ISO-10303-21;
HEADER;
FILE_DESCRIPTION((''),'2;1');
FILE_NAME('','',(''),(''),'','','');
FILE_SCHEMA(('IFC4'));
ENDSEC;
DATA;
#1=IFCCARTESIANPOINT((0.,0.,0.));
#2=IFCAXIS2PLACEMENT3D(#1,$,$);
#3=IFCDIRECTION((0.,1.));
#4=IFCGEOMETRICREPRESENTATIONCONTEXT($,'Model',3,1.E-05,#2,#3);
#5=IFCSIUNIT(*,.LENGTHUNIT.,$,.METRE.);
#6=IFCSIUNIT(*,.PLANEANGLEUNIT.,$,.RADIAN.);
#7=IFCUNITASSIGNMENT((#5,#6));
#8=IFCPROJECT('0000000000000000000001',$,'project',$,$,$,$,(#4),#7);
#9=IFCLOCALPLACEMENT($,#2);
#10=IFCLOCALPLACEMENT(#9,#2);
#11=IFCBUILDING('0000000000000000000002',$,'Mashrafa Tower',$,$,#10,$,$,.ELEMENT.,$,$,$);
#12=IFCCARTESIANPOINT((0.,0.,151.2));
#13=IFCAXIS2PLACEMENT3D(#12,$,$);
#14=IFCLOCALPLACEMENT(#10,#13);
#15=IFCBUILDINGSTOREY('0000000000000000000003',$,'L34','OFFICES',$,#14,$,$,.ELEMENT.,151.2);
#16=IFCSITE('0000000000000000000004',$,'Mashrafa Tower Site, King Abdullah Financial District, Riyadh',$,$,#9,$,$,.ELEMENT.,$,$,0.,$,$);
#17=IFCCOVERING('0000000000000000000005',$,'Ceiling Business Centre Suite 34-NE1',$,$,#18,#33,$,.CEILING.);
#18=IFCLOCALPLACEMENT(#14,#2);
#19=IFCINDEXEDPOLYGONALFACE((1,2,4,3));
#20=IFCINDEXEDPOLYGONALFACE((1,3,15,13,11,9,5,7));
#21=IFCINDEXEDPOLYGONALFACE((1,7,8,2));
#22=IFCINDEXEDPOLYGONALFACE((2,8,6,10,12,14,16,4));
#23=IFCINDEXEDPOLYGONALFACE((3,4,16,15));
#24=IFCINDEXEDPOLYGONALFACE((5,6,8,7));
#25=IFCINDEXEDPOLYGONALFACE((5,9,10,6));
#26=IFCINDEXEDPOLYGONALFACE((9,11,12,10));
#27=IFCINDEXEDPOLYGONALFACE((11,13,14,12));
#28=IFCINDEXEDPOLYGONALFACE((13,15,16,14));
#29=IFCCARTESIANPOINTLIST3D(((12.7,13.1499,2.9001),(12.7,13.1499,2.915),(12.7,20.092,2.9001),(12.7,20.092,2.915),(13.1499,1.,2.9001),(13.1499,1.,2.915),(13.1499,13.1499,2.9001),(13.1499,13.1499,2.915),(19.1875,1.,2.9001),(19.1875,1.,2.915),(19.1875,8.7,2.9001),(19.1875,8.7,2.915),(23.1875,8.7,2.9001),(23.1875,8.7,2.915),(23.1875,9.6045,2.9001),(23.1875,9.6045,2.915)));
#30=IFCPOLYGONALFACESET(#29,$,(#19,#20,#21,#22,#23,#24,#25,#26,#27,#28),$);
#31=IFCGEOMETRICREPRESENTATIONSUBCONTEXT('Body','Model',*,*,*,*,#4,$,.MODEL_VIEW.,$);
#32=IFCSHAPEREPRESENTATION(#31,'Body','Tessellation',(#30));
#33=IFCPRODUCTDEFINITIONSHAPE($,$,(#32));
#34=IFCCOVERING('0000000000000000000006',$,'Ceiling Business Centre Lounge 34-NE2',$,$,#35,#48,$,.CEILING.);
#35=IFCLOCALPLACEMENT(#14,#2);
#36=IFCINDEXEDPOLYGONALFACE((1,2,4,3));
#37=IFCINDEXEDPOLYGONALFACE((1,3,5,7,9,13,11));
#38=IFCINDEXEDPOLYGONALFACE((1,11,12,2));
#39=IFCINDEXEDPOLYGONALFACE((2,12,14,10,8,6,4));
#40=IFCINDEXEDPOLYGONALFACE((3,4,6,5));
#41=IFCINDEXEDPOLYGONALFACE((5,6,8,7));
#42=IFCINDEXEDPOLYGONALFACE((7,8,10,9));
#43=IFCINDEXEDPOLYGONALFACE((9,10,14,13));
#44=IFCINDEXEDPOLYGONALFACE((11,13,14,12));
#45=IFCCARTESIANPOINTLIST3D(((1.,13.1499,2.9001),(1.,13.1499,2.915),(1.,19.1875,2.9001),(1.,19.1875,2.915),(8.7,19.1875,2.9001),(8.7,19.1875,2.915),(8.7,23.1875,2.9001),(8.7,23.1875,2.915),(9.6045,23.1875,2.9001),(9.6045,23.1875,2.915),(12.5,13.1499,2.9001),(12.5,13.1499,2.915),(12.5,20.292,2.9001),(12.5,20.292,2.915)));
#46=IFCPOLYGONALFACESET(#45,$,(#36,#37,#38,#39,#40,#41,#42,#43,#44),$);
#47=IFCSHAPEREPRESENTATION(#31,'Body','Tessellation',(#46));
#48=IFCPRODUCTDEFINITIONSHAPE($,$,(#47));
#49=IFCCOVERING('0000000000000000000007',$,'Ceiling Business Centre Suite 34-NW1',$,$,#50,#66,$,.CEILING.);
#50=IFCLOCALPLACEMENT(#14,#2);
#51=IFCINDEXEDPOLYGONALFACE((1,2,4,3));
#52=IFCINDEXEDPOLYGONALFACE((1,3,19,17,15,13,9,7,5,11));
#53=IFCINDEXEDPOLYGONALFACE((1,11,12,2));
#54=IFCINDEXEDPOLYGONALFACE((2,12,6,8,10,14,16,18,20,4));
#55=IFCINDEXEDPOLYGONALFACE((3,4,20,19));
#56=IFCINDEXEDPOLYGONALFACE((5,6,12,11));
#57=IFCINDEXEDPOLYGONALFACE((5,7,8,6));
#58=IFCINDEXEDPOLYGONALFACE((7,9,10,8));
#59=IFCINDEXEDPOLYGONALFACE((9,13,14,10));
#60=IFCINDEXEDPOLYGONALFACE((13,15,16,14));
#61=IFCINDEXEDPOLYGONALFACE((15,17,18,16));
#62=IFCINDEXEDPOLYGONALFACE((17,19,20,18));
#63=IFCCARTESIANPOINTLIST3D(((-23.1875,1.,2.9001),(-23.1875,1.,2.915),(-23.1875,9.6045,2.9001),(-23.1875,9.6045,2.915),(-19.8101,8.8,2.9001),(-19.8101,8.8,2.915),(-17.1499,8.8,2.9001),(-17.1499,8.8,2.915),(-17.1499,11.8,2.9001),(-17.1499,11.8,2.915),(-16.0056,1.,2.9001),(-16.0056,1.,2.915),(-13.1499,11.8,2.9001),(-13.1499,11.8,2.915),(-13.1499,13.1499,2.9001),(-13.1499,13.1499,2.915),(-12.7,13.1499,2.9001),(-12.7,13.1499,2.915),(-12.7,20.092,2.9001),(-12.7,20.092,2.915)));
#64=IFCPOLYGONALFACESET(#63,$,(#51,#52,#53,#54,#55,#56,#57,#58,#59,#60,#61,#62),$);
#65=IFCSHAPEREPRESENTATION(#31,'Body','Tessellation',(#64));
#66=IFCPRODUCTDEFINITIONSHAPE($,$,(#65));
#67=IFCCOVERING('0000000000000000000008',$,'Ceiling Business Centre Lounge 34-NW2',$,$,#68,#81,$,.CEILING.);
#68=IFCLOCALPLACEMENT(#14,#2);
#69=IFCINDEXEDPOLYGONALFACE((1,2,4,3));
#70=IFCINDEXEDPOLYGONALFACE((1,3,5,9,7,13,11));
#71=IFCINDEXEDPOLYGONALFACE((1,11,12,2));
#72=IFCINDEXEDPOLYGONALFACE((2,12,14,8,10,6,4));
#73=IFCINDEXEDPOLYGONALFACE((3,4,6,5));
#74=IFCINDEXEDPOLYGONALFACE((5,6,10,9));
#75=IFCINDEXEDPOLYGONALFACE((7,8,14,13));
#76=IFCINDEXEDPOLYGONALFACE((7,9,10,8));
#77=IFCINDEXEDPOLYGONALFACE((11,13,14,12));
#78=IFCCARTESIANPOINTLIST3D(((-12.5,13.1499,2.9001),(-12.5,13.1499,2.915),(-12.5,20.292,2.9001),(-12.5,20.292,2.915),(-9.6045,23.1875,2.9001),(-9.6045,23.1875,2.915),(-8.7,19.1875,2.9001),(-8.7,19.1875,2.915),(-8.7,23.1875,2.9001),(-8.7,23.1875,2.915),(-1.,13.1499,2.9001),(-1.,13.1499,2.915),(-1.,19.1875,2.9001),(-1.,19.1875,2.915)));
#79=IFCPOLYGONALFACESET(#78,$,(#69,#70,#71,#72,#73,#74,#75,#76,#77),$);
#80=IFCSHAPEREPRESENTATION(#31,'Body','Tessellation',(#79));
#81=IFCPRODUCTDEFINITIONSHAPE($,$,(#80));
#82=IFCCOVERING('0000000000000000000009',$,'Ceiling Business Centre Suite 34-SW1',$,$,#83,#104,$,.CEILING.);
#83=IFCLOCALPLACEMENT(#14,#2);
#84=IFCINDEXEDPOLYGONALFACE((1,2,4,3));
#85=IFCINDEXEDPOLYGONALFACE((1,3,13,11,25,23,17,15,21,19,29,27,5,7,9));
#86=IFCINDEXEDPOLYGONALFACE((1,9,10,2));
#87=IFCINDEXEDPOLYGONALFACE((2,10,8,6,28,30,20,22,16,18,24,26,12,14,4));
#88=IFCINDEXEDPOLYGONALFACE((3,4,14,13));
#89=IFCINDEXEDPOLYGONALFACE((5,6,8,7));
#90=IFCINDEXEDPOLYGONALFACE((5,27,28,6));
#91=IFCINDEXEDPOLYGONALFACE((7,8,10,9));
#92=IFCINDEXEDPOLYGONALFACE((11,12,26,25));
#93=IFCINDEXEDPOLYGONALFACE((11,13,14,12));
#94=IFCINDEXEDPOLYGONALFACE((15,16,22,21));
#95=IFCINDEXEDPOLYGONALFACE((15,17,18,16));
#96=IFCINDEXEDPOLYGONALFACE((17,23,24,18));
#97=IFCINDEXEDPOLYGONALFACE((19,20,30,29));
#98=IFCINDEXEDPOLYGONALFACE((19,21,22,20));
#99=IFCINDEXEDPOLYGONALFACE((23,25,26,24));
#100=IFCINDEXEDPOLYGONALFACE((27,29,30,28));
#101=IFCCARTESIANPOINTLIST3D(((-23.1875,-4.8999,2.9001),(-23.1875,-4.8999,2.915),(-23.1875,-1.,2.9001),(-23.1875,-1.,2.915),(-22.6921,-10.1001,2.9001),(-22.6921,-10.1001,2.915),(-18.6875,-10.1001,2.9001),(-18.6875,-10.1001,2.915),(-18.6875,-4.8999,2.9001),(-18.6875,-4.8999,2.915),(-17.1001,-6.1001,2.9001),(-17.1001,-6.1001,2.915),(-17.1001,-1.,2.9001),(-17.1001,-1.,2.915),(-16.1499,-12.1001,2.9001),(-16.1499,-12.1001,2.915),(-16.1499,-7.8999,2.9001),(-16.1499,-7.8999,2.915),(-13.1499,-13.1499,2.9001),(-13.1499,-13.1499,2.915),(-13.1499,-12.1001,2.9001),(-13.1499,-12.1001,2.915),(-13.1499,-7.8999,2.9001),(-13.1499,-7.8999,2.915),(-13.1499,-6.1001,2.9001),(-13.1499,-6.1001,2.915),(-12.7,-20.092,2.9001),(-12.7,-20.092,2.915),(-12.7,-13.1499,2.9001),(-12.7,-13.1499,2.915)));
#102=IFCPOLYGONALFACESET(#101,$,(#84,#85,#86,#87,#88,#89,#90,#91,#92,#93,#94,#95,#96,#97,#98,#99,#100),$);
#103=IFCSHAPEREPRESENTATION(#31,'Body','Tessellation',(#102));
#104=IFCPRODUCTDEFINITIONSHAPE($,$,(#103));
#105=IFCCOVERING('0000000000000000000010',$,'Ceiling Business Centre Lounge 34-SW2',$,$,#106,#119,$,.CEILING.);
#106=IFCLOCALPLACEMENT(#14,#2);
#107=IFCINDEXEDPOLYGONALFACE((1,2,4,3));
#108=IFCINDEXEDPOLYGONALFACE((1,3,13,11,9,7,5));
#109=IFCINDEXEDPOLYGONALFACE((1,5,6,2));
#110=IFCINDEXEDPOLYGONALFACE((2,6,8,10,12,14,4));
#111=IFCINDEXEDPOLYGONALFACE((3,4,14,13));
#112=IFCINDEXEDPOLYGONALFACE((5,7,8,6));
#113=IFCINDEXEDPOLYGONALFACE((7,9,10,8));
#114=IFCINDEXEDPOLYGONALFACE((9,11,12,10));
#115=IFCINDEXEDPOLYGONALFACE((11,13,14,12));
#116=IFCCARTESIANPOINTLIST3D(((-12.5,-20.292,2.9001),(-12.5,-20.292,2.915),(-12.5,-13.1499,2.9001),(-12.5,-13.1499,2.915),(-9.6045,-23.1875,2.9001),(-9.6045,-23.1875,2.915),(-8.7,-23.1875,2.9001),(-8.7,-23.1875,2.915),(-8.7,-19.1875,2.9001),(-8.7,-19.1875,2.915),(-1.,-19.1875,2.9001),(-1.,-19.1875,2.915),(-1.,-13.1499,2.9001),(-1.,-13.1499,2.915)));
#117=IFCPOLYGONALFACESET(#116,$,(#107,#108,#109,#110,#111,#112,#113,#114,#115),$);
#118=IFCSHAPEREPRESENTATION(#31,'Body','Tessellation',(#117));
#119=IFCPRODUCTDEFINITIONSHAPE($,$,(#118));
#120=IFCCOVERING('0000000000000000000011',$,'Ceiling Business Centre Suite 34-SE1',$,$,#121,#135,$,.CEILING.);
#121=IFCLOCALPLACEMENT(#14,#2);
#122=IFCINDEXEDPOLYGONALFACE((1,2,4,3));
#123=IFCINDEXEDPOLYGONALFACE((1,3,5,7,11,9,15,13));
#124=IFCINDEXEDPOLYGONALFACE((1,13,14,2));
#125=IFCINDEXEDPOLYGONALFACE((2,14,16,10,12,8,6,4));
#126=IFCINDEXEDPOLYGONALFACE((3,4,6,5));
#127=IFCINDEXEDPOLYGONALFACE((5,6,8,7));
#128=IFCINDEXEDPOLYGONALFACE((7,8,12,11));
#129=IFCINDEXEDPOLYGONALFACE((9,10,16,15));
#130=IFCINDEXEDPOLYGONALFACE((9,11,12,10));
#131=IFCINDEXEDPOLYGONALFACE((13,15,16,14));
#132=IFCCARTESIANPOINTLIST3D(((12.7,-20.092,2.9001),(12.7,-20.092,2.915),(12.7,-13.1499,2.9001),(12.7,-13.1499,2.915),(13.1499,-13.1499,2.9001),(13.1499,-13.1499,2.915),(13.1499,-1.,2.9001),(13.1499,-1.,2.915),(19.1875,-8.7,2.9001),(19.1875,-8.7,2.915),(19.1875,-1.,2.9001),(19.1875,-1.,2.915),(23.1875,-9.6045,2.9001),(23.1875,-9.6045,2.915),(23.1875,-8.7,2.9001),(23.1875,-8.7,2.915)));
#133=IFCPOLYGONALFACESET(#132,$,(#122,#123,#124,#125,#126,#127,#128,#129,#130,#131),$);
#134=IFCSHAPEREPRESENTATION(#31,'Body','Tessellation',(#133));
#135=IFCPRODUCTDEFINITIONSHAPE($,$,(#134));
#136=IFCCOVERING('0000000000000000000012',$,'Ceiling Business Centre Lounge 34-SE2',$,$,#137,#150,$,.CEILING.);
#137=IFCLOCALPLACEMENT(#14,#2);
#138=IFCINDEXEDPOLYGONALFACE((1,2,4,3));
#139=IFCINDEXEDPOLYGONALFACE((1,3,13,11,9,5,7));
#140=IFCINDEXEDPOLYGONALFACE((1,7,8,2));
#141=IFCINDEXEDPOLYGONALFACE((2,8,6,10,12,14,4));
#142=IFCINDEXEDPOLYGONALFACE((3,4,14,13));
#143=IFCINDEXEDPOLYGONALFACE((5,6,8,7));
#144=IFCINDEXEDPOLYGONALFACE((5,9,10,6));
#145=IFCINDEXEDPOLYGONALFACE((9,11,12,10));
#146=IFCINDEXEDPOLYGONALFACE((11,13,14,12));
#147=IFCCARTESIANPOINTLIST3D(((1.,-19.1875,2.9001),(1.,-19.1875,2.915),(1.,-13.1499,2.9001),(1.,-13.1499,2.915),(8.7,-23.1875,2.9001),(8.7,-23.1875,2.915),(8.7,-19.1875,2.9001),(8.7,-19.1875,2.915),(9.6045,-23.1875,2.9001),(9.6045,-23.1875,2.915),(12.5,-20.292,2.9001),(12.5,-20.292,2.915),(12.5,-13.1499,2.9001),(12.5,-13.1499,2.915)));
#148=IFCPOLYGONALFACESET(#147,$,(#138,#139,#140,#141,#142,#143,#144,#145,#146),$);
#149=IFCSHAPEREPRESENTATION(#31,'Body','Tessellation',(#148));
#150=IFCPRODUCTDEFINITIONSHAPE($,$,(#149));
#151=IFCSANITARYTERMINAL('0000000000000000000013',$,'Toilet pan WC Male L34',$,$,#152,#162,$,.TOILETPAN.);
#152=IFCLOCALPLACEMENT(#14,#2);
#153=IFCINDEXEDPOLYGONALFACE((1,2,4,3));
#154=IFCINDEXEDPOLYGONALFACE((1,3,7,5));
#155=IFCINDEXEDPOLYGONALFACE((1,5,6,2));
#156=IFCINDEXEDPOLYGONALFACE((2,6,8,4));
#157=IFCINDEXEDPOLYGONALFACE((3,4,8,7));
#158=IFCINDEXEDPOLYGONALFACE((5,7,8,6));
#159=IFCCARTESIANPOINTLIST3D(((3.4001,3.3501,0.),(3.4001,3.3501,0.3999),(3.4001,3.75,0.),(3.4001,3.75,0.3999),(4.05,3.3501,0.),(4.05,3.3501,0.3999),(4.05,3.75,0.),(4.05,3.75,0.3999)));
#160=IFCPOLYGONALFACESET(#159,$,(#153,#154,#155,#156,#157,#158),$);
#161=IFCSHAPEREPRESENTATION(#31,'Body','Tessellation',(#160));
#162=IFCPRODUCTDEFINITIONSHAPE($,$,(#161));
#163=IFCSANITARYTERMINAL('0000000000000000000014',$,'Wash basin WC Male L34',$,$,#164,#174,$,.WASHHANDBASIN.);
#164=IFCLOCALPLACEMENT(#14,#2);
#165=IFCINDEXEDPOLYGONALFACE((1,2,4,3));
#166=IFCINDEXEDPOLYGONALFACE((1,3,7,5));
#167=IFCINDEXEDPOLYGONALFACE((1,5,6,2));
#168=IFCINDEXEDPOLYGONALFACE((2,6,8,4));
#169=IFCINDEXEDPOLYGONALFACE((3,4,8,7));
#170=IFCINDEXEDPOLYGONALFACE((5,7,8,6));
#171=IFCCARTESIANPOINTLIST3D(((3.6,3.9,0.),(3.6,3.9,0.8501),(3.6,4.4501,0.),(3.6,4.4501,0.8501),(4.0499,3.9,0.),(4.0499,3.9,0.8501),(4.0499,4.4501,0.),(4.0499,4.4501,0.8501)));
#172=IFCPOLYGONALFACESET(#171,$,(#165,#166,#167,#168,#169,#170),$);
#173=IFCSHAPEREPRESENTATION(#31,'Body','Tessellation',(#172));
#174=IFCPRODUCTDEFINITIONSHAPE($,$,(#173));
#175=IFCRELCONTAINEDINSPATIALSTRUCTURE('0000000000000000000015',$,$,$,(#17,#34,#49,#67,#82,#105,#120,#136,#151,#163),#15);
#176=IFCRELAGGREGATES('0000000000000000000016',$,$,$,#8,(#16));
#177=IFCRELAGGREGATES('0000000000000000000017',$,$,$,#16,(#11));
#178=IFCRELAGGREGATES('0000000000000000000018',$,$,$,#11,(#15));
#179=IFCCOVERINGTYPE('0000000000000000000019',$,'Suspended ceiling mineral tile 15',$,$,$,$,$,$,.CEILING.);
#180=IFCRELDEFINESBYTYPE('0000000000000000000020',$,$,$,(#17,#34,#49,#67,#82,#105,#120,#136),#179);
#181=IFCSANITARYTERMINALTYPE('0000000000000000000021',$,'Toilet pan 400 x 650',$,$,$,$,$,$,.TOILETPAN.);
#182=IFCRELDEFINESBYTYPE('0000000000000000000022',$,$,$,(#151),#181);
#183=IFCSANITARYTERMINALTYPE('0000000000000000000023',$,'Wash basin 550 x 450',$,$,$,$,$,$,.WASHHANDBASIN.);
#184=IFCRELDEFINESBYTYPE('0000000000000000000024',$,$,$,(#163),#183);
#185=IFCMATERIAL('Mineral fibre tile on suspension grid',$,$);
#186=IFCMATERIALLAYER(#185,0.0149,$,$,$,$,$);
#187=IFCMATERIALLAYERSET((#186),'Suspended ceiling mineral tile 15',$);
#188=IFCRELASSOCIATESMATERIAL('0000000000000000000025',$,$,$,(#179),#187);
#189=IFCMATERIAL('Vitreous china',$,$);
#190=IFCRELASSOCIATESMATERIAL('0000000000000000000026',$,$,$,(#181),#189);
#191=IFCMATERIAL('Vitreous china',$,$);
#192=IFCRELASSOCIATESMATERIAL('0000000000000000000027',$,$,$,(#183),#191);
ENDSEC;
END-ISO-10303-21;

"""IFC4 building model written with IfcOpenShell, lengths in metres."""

from ifc_helpers import new_model, si_unit, direction, frame, origin, origin_2d, place, context, subcontext, project, spatial, polyline, rectangle, outline, extrude, material, layer, layer_set, type_object, element, save


model = new_model("IFC4")

# Units and contexts
model_context = context("Model", 3, precision=1e-05, world=origin(), true_north=direction((0.0, 1.0)))
body_context = subcontext(model_context, "Body", "Model", "MODEL_VIEW")
ifc_project = project(units=[si_unit("LENGTHUNIT", "METRE"), si_unit("PLANEANGLEUNIT", "RADIAN")], contexts=[model_context])

# Site, building, storey
site_placement = place(None, origin())
site = spatial("IfcSite", under=ifc_project, at=site_placement, Name="Mashrafa Tower Site, King Abdullah Financial District, Riyadh", CompositionType="ELEMENT", RefElevation=0.0)
building_placement = place(site_placement, origin())
building = spatial("IfcBuilding", under=site, at=building_placement, Name="Mashrafa Tower", CompositionType="ELEMENT")
storey_placement = place(building_placement, frame((0.0, 0.0, 151.2)))
storey = spatial("IfcBuildingStorey", under=building, at=storey_placement, Name="L34", Description="OFFICES", CompositionType="ELEMENT", Elevation=151.2)

# Coverings
ifc_material_1 = material(Name="Mineral fibre tile on suspension grid")
ifc_layer_1 = layer(ifc_material_1, 0.0149)
ifc_layer_set_1 = layer_set([ifc_layer_1], Name="Suspended ceiling mineral tile 15")
covering_type = type_object("IfcCoveringType", Name="Suspended ceiling mineral tile 15", PredefinedType="CEILING", material=ifc_layer_set_1)
covering_1_placement = place(storey_placement, frame((0.0, 0.0, 2.9001)))
element("IfcCovering", 1, at=covering_1_placement, inside=storey, type_object=covering_type, Name="Ceiling Business Centre Suite 34-NE1", PredefinedType="CEILING", context=body_context, shape_type="SweptSolid", body=[
    extrude(outline(polyline([(12.7, 13.1499), (12.7, 20.092), (23.1875, 9.6045), (23.1875, 8.7), (19.1875, 8.7), (19.1875, 1.0), (13.1499, 1.0), (13.1499, 13.1499), (12.7, 13.1499)])), origin(), (0.0, 0.0, 1.0), 0.0149),
])
covering_2_placement = place(storey_placement, frame((0.0, 0.0, 2.9001)))
element("IfcCovering", 2, at=covering_2_placement, inside=storey, type_object=covering_type, Name="Ceiling Business Centre Lounge 34-NE2", PredefinedType="CEILING", context=body_context, shape_type="SweptSolid", body=[
    extrude(outline(polyline([(8.7, 23.1875), (9.6045, 23.1875), (12.5, 20.292), (12.5, 13.1499), (1.0, 13.1499), (1.0, 19.1875), (8.7, 19.1875), (8.7, 23.1875)])), origin(), (0.0, 0.0, 1.0), 0.0149),
])
covering_3_placement = place(storey_placement, frame((0.0, 0.0, 2.9001)))
element("IfcCovering", 3, at=covering_3_placement, inside=storey, type_object=covering_type, Name="Ceiling Business Centre Suite 34-NW1", PredefinedType="CEILING", context=body_context, shape_type="SweptSolid", body=[
    extrude(outline(polyline([(-23.1875, 1.0), (-23.1875, 9.6045), (-12.7, 20.092), (-12.7, 13.1499), (-13.1499, 13.1499), (-13.1499, 11.8), (-17.1499, 11.8), (-17.1499, 8.8), (-19.8101, 8.8), (-16.0056, 1.0), (-23.1875, 1.0)])), origin(), (0.0, 0.0, 1.0), 0.0149),
])
covering_4_placement = place(storey_placement, frame((0.0, 0.0, 2.9001)))
element("IfcCovering", 4, at=covering_4_placement, inside=storey, type_object=covering_type, Name="Ceiling Business Centre Lounge 34-NW2", PredefinedType="CEILING", context=body_context, shape_type="SweptSolid", body=[
    extrude(outline(polyline([(-12.5, 13.1499), (-12.5, 20.292), (-9.6045, 23.1875), (-8.7, 23.1875), (-8.7, 19.1875), (-1.0, 19.1875), (-1.0, 13.1499), (-12.5, 13.1499)])), origin(), (0.0, 0.0, 1.0), 0.0149),
])
covering_5_placement = place(storey_placement, frame((0.0, 0.0, 2.9001)))
element("IfcCovering", 5, at=covering_5_placement, inside=storey, type_object=covering_type, Name="Ceiling Business Centre Suite 34-SW1", PredefinedType="CEILING", context=body_context, shape_type="SweptSolid", body=[
    extrude(outline(polyline([(-12.7, -20.092), (-22.6921, -10.1001), (-18.6875, -10.1001), (-18.6875, -4.8999), (-23.1875, -4.8999), (-23.1875, -1.0), (-17.1001, -1.0), (-17.1001, -6.1001), (-13.1499, -6.1001), (-13.1499, -7.8999), (-16.1499, -7.8999), (-16.1499, -12.1001), (-13.1499, -12.1001), (-13.1499, -13.1499), (-12.7, -13.1499), (-12.7, -20.092)])), origin(), (0.0, 0.0, 1.0), 0.0149),
])
covering_6_placement = place(storey_placement, frame((0.0, 0.0, 2.9001)))
element("IfcCovering", 6, at=covering_6_placement, inside=storey, type_object=covering_type, Name="Ceiling Business Centre Lounge 34-SW2", PredefinedType="CEILING", context=body_context, shape_type="SweptSolid", body=[
    extrude(outline(polyline([(-8.7, -23.1875), (-9.6045, -23.1875), (-12.5, -20.292), (-12.5, -13.1499), (-1.0, -13.1499), (-1.0, -19.1875), (-8.7, -19.1875), (-8.7, -23.1875)])), origin(), (0.0, 0.0, 1.0), 0.0149),
])
covering_7_placement = place(storey_placement, frame((0.0, 0.0, 2.9001)))
element("IfcCovering", 7, at=covering_7_placement, inside=storey, type_object=covering_type, Name="Ceiling Business Centre Suite 34-SE1", PredefinedType="CEILING", context=body_context, shape_type="SweptSolid", body=[
    extrude(outline(polyline([(23.1875, -8.7), (23.1875, -9.6045), (12.7, -20.092), (12.7, -13.1499), (13.1499, -13.1499), (13.1499, -1.0), (19.1875, -1.0), (19.1875, -8.7), (23.1875, -8.7)])), origin(), (0.0, 0.0, 1.0), 0.0149),
])
covering_8_placement = place(storey_placement, frame((0.0, 0.0, 2.9001)))
element("IfcCovering", 8, at=covering_8_placement, inside=storey, type_object=covering_type, Name="Ceiling Business Centre Lounge 34-SE2", PredefinedType="CEILING", context=body_context, shape_type="SweptSolid", body=[
    extrude(outline(polyline([(12.5, -13.1499), (12.5, -20.292), (9.6045, -23.1875), (8.7, -23.1875), (8.7, -19.1875), (1.0, -19.1875), (1.0, -13.1499), (12.5, -13.1499)])), origin(), (0.0, 0.0, 1.0), 0.0149),
])

# Sanitary terminals
ifc_material_2 = material(Name="Vitreous china")
sanitary_terminal_type_1 = type_object("IfcSanitaryTerminalType", Name="Toilet pan 400 x 650", PredefinedType="TOILETPAN", material=ifc_material_2)
sanitary_terminal_1_placement = place(storey_placement, frame((3.7251, 3.55, 0.0), z_axis=(0.0, 0.0, 1.0), x_axis=(0.0, 1.0, 0.0)))
element("IfcSanitaryTerminal", 9, at=sanitary_terminal_1_placement, inside=storey, type_object=sanitary_terminal_type_1, Name="Toilet pan WC Male L34", PredefinedType="TOILETPAN", context=body_context, shape_type="SweptSolid", body=[
    extrude(rectangle(XDim=0.3999, YDim=0.6499, at=origin_2d()), origin(), (0.0, 0.0, 1.0), 0.3999),
])
ifc_material_3 = material(Name="Vitreous china")
sanitary_terminal_type_2 = type_object("IfcSanitaryTerminalType", Name="Wash basin 550 x 450", PredefinedType="WASHHANDBASIN", material=ifc_material_3)
sanitary_terminal_2_placement = place(storey_placement, frame((3.825, 4.175, 0.0), z_axis=(0.0, 0.0, 1.0), x_axis=(0.0, 1.0, 0.0)))
element("IfcSanitaryTerminal", 10, at=sanitary_terminal_2_placement, inside=storey, type_object=sanitary_terminal_type_2, Name="Wash basin WC Male L34", PredefinedType="WASHHANDBASIN", context=body_context, shape_type="SweptSolid", body=[
    extrude(rectangle(XDim=0.55, YDim=0.45, at=origin_2d()), origin(), (0.0, 0.0, 1.0), 0.8501),
])

save(model, "model.ifc")
